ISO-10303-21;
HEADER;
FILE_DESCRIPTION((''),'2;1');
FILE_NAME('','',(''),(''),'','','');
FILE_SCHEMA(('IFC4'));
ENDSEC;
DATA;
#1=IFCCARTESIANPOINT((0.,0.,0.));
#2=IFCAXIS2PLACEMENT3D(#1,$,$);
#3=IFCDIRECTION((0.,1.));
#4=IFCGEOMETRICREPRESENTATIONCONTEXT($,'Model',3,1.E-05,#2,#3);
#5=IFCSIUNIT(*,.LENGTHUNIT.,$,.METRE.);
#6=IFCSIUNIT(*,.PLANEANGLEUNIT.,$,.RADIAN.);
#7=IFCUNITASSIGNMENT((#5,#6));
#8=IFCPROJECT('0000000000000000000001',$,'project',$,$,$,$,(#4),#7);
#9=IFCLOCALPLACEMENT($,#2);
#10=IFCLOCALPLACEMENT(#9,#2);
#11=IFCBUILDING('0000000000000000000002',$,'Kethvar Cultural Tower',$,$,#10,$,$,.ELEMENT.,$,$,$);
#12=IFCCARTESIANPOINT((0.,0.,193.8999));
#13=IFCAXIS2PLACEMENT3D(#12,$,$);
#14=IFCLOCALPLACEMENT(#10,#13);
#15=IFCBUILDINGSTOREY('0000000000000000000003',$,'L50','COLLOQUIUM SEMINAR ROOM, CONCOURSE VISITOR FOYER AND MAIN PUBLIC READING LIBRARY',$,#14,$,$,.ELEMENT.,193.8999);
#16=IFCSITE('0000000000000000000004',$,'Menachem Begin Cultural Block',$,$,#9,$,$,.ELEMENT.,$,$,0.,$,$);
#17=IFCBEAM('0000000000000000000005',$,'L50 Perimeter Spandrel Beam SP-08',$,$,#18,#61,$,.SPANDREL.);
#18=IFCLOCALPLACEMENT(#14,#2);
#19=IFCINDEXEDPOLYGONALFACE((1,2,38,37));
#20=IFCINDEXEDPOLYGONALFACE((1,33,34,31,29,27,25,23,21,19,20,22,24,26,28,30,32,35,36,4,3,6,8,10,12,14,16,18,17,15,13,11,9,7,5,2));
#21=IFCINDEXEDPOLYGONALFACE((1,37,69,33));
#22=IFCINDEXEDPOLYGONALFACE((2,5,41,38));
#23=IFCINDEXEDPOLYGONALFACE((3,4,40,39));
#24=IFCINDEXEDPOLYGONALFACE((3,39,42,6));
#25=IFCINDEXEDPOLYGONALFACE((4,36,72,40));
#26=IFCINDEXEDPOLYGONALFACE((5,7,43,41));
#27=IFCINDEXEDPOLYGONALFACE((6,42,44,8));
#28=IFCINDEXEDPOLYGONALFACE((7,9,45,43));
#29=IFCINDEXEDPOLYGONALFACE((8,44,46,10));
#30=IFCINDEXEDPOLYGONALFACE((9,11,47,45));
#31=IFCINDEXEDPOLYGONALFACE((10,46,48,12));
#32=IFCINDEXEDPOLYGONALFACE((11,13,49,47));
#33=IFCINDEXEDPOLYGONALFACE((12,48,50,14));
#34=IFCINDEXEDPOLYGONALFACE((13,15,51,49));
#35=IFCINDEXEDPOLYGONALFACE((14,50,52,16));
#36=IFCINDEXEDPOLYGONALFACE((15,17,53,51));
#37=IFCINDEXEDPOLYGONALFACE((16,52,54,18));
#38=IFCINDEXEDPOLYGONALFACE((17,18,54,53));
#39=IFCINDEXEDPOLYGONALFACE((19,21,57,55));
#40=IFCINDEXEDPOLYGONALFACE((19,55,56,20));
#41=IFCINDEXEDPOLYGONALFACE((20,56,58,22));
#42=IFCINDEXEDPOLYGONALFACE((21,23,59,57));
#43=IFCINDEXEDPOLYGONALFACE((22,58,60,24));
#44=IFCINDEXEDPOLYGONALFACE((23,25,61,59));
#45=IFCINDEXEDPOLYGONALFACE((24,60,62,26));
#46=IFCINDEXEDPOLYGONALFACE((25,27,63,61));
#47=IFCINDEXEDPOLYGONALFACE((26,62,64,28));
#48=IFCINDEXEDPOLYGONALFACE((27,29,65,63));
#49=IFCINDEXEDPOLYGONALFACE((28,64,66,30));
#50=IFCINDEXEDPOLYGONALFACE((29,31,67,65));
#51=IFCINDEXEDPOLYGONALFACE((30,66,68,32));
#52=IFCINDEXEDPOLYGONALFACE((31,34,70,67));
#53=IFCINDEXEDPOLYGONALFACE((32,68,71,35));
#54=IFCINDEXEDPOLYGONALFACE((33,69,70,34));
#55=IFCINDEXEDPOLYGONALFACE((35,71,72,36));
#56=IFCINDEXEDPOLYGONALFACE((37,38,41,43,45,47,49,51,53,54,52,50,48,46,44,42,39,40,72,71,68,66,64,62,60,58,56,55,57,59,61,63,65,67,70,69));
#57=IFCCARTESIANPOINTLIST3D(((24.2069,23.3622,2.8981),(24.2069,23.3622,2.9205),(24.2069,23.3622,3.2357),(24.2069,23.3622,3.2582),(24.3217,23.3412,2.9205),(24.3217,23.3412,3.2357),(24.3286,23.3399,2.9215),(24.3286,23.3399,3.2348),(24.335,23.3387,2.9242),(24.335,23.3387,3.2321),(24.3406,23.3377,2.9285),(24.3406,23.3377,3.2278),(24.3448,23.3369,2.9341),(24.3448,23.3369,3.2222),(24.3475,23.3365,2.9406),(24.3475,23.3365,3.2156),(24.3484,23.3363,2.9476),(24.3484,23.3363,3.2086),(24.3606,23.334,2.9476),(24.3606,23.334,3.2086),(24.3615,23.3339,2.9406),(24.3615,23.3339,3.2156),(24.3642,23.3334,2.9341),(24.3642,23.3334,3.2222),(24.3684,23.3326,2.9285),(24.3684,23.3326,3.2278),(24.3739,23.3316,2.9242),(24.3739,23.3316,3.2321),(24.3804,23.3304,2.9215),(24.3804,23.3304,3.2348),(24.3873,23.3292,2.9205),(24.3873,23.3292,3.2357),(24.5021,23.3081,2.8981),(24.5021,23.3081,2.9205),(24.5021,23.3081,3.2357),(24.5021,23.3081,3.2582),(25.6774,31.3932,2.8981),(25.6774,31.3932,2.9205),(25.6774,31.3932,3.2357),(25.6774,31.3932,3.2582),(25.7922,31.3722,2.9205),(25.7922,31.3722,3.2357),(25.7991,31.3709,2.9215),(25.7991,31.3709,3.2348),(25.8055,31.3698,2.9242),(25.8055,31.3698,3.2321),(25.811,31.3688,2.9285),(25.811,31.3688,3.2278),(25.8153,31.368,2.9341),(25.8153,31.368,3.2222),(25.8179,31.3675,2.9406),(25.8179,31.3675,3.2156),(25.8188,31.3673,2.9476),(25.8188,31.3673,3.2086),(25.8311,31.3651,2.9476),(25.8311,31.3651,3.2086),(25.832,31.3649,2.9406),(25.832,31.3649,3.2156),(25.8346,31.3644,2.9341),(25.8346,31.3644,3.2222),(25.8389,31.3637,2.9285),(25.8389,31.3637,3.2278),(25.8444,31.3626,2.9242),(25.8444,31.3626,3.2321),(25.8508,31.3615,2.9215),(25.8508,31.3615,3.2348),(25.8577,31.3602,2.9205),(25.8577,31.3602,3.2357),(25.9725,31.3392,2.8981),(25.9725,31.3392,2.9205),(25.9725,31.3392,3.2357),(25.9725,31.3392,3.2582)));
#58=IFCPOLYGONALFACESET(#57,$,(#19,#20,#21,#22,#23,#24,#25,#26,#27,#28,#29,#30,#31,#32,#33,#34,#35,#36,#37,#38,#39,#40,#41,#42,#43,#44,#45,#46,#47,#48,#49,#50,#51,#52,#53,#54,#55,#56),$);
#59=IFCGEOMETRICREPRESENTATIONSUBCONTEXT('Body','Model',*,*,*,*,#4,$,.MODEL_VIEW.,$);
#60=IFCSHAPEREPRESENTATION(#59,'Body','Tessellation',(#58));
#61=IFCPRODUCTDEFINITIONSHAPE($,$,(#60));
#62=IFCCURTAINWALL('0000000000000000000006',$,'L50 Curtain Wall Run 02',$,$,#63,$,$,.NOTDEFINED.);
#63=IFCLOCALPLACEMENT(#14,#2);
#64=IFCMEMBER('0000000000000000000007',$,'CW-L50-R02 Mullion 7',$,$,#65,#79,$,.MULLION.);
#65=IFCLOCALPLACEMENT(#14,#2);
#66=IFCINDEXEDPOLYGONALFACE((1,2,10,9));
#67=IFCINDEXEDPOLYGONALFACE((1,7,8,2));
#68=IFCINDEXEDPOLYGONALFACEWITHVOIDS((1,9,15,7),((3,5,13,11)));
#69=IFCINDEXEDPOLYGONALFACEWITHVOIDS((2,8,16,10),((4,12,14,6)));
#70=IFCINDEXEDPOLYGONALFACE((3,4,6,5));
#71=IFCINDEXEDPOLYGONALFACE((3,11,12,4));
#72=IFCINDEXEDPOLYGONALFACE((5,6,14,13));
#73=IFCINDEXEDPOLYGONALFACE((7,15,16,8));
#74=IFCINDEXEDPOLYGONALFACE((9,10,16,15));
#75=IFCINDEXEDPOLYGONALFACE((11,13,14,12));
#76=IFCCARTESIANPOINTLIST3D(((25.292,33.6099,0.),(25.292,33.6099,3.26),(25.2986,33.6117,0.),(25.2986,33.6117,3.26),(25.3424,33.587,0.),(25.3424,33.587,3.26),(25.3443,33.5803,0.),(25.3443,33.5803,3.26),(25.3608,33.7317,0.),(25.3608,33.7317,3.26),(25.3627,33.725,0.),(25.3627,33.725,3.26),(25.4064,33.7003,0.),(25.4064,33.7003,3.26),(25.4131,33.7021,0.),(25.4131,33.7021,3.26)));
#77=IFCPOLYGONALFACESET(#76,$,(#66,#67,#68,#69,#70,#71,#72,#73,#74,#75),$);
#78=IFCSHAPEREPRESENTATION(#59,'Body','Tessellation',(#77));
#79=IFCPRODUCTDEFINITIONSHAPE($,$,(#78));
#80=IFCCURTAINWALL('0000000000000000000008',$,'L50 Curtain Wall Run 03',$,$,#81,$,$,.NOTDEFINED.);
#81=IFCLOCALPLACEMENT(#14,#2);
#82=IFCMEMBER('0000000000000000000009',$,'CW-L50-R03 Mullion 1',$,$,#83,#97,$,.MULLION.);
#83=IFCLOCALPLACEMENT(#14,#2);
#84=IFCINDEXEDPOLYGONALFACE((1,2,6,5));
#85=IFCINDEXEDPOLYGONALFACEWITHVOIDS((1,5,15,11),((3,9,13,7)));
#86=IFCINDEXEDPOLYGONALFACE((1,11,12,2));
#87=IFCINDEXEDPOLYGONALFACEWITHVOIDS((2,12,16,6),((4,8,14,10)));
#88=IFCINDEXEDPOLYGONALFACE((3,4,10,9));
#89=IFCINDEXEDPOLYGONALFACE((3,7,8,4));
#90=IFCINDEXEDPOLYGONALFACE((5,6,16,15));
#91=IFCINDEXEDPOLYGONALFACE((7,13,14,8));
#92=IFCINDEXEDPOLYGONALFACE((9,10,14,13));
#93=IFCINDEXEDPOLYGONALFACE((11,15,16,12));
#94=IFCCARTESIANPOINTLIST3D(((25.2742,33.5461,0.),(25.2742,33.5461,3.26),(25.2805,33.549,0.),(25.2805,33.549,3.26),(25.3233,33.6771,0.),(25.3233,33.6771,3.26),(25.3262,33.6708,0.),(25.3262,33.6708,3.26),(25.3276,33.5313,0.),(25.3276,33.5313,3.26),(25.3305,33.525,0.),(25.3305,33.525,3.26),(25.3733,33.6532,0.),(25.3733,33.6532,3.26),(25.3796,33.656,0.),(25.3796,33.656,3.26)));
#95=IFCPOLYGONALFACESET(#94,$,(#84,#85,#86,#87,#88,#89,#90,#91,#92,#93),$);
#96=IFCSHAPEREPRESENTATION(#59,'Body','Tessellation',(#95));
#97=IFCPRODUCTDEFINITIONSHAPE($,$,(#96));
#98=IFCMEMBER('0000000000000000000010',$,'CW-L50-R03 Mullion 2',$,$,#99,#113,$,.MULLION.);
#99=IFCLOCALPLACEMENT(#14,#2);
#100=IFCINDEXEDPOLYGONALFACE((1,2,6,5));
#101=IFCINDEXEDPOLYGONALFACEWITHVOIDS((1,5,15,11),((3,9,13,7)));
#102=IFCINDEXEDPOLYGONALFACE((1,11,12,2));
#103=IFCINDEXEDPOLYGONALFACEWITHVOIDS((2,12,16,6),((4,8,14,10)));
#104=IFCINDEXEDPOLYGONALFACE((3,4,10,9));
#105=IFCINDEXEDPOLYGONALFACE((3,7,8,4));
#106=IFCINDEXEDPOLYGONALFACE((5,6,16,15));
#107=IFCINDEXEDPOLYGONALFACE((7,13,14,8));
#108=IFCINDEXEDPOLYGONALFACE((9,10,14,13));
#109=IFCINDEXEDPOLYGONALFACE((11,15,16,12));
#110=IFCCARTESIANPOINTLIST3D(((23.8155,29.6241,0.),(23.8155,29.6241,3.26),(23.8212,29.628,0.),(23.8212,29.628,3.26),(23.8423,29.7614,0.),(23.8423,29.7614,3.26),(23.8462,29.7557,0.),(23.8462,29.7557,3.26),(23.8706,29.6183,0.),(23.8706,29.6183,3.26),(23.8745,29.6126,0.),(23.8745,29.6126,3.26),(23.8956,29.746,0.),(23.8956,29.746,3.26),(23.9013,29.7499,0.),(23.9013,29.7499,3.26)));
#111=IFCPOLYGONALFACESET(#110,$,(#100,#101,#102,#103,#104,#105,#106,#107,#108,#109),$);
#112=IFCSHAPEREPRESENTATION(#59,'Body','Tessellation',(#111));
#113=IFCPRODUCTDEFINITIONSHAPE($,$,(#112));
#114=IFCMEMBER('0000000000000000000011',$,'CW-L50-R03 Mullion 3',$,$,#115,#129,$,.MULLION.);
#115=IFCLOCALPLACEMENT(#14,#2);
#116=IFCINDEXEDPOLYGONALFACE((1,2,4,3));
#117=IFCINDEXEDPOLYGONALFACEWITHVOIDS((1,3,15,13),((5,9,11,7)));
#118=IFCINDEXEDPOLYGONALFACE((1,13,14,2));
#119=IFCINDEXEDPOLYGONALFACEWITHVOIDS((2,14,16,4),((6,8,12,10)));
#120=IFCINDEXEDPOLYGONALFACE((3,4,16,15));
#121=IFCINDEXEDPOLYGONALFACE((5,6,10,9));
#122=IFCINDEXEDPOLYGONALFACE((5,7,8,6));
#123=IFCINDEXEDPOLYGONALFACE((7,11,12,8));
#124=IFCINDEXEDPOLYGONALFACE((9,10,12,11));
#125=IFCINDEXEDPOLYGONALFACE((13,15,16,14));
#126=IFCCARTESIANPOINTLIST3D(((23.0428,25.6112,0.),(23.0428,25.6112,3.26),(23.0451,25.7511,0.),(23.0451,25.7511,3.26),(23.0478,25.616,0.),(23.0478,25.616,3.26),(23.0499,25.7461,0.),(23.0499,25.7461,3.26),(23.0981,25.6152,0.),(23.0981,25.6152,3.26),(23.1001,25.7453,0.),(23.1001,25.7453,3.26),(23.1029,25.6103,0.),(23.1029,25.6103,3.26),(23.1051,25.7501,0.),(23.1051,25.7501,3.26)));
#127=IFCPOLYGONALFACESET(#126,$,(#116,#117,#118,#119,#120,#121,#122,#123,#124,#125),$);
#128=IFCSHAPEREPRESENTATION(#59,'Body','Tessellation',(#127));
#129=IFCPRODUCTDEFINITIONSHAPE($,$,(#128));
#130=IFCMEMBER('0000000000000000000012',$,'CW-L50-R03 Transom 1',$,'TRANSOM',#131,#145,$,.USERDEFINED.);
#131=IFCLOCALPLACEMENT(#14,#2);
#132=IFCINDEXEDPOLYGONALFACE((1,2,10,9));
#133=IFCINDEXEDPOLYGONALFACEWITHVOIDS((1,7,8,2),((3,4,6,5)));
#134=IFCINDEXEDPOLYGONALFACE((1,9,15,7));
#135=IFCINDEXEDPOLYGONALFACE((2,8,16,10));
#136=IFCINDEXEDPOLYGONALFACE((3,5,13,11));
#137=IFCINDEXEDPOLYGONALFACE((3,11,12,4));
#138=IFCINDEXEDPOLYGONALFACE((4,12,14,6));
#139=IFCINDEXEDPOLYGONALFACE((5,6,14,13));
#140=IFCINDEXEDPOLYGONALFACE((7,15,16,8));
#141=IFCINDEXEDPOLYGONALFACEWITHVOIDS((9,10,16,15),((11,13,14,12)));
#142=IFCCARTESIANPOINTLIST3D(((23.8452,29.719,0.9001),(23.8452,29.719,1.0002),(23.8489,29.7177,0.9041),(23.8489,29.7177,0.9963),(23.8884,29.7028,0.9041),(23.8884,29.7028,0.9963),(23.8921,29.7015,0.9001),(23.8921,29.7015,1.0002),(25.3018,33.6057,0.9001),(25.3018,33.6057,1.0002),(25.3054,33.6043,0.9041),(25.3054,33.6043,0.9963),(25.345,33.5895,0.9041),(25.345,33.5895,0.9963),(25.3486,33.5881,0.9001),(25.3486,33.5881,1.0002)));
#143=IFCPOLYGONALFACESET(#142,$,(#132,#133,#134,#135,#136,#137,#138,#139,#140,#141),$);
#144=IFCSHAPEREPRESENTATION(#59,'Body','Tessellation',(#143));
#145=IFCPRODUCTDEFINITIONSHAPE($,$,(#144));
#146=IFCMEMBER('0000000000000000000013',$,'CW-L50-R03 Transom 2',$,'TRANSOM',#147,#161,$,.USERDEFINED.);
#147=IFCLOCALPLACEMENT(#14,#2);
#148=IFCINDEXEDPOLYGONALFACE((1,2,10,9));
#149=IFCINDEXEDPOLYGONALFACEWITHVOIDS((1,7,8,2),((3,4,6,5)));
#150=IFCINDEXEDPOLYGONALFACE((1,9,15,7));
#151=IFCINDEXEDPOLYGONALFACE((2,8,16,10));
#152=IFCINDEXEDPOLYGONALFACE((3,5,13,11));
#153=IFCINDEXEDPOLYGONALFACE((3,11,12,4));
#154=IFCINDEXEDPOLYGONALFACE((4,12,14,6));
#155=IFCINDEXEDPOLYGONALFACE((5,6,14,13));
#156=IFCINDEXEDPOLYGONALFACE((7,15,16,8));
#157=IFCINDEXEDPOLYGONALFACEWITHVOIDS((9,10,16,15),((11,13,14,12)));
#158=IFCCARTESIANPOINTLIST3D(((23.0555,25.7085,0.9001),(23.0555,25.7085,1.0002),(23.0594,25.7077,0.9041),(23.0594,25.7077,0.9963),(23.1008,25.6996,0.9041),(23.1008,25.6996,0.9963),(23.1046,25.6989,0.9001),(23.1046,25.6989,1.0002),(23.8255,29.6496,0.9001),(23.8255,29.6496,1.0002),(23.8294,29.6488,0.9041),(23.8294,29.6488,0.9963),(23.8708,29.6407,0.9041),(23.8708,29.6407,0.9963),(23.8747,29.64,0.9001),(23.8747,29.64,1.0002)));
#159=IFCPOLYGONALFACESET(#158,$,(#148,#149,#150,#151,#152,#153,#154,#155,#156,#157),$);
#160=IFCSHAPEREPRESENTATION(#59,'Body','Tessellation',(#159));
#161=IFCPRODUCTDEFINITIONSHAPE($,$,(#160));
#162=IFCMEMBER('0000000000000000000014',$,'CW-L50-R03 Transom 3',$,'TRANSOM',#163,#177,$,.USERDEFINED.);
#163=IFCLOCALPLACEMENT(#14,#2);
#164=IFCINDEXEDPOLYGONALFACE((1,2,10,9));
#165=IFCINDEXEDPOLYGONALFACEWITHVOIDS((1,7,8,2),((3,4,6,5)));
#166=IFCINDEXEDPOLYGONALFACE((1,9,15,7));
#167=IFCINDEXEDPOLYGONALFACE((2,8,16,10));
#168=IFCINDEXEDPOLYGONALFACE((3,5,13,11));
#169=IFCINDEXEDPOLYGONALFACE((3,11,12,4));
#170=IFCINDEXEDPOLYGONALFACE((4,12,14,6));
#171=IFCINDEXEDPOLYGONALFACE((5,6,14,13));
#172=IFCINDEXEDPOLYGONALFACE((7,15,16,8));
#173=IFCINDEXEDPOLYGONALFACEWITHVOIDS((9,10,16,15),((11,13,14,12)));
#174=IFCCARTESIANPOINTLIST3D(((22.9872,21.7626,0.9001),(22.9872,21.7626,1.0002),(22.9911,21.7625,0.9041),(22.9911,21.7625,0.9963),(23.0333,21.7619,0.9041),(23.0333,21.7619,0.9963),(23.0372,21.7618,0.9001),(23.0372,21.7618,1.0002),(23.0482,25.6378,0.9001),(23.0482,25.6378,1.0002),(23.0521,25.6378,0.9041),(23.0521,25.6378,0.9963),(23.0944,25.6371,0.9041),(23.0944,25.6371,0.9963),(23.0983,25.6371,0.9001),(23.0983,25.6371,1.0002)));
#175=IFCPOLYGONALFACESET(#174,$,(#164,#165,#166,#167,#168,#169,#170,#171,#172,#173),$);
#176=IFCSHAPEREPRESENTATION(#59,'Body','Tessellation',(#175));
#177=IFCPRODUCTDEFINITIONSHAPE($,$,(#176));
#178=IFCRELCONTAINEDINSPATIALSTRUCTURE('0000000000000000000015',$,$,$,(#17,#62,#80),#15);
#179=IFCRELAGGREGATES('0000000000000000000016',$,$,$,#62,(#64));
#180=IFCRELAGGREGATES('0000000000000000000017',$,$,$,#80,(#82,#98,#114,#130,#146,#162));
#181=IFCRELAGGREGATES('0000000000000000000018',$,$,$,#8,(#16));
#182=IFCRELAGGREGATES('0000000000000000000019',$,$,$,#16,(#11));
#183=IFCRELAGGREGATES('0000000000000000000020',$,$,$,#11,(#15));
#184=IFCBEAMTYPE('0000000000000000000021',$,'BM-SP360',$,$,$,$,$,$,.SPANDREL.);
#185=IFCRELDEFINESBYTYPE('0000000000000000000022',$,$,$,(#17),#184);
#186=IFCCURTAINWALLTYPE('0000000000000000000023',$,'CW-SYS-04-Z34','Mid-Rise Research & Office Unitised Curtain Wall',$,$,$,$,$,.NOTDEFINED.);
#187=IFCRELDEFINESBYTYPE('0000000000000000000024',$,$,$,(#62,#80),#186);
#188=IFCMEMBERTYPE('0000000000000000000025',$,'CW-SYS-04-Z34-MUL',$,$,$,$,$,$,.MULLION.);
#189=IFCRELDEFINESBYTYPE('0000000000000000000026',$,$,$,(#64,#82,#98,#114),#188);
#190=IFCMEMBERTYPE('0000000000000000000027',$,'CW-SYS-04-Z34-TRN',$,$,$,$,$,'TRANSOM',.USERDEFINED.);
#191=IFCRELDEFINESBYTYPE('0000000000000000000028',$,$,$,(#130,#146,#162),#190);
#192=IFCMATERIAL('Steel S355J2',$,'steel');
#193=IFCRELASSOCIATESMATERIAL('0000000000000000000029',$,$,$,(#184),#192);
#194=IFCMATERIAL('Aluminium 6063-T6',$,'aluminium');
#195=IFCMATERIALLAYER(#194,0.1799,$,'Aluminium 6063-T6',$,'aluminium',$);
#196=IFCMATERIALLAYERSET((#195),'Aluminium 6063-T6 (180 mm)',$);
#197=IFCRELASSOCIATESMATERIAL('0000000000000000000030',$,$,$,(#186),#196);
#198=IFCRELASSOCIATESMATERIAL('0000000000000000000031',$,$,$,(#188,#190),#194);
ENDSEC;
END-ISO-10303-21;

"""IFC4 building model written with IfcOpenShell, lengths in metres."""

from ifc_helpers import new_model, si_unit, direction, frame, origin, origin_2d, place, context, subcontext, project, spatial, hollow_rectangle, i_section, extrude, source, transform, mapped, material, layer, layer_set, material_profile, profile_set, type_object, element, aggregate, save


model = new_model("IFC4")

# Units and contexts
model_context = context("Model", 3, precision=1e-05, world=origin(), true_north=direction((0.0, 1.0)))
body_context = subcontext(model_context, "Body", "Model", "MODEL_VIEW")
ifc_project = project(units=[si_unit("LENGTHUNIT", "METRE"), si_unit("PLANEANGLEUNIT", "RADIAN")], contexts=[model_context])

# Site, building, storey
site_placement = place(None, origin())
site = spatial("IfcSite", under=ifc_project, at=site_placement, Name="Menachem Begin Cultural Block", CompositionType="ELEMENT", RefElevation=0.0)
building_placement = place(site_placement, origin())
building = spatial("IfcBuilding", under=site, at=building_placement, Name="Kethvar Cultural Tower", CompositionType="ELEMENT")
storey_placement = place(building_placement, frame((0.0, 0.0, 193.8999)))
storey = spatial("IfcBuildingStorey", under=building, at=storey_placement, Name="L50", Description="COLLOQUIUM SEMINAR ROOM, CONCOURSE VISITOR FOYER AND MAIN PUBLIC READING LIBRARY", CompositionType="ELEMENT", Elevation=193.8999)

# Beam
ifc_material_1 = material(Name="Steel S355J2", Category="steel")
ifc_material_profile_1 = material_profile(ifc_material_1, i_section(OverallWidth=0.3, OverallDepth=0.3601, WebThickness=0.0125, FlangeThickness=0.0225, FilletRadius=0.0271, at=origin_2d()), Name="Steel S355J2 — HEB360")
ifc_profile_set_1 = profile_set([ifc_material_profile_1], Name="Steel S355J2 — HEB360")
beam_type_1 = type_object("IfcBeamType", Name="BM-SP360", PredefinedType="SPANDREL", material=ifc_profile_set_1)
shared_shape_1 = source(origin(), body_context, "Body", "SweptSolid", [
    extrude(i_section(OverallWidth=0.3, OverallDepth=0.3601, WebThickness=0.0125, FlangeThickness=0.0225, FilletRadius=0.0271, at=origin_2d()), origin(), (0.0, 0.0, 1.0), 8.1646),
])
beam_1_placement = place(storey_placement, frame((25.825, 31.3662, 3.0781), z_axis=(-0.180104, -0.983648, 0.0), x_axis=(0.983648, -0.180104, 0.0)))
element("IfcBeam", 1, at=beam_1_placement, inside=storey, type_object=beam_type_1, Name="L50 Perimeter Spandrel Beam SP-08", PredefinedType="SPANDREL", context=body_context, shape_type="MappedRepresentation", body=[
    mapped(shared_shape_1, transform((0.0, 0.0, 0.0), scale=1.0)),
])

# Curtain wall, member
ifc_material_2 = material(Name="Aluminium 6063-T6", Category="aluminium")
ifc_layer_1 = layer(ifc_material_2, 0.1799, Name="Aluminium 6063-T6", Category="aluminium")
ifc_layer_set_1 = layer_set([ifc_layer_1], Name="Aluminium 6063-T6 (180 mm)")
curtain_wall_type = type_object("IfcCurtainWallType", Name="CW-SYS-04-Z34", Description="Mid-Rise Research & Office Unitised Curtain Wall", PredefinedType="NOTDEFINED", material=ifc_layer_set_1)
curtain_wall_1_placement = place(storey_placement, origin())
curtain_wall_1 = element("IfcCurtainWall", 2, at=curtain_wall_1_placement, inside=storey, type_object=curtain_wall_type, Name="L50 Curtain Wall Run 02", PredefinedType="NOTDEFINED")
ifc_material_profile_2 = material_profile(ifc_material_2, hollow_rectangle(XDim=0.0601, YDim=0.1399, WallThickness=0.0049, at=origin_2d()), Name="Aluminium 6063-T6 — RHS140x60x5")
ifc_profile_set_2 = profile_set([ifc_material_profile_2], Name="Aluminium 6063-T6 — RHS140x60x5")
member_type_1 = type_object("IfcMemberType", Name="CW-SYS-04-Z34-MUL", PredefinedType="MULLION", material=ifc_profile_set_2)
shared_shape_2 = source(origin(), body_context, "Body", "SweptSolid", [
    extrude(hollow_rectangle(XDim=0.0601, YDim=0.1399, WallThickness=0.0049, at=origin_2d()), origin(), (0.0, 0.0, 1.0), 3.26),
])
member_1_placement = place(storey_placement, frame((25.3525, 33.656, 0.0), z_axis=(0.0, 0.0, 1.0), x_axis=(0.870528, -0.49212, 0.0)))
member_1 = element("IfcMember", 3, at=member_1_placement, type_object=member_type_1, Name="CW-L50-R02 Mullion 7", PredefinedType="MULLION", context=body_context, shape_type="MappedRepresentation", body=[
    mapped(shared_shape_2, transform((0.0, 0.0, 0.0), scale=1.0)),
])
aggregate(curtain_wall_1, [member_1])

# Curtain wall, members
curtain_wall_2_placement = place(storey_placement, origin())
curtain_wall_2 = element("IfcCurtainWall", 4, at=curtain_wall_2_placement, inside=storey, type_object=curtain_wall_type, Name="L50 Curtain Wall Run 03", PredefinedType="NOTDEFINED")
member_2_placement = place(storey_placement, frame((25.3269, 33.6011, 0.0), z_axis=(0.0, 0.0, 1.0), x_axis=(0.936403, -0.350927, 0.0)))
member_2 = element("IfcMember", 5, at=member_2_placement, type_object=member_type_1, Name="CW-L50-R03 Mullion 1", PredefinedType="MULLION", context=body_context, shape_type="MappedRepresentation", body=[
    mapped(shared_shape_2, transform((0.0, 0.0, 0.0), scale=1.0)),
])
member_3_placement = place(storey_placement, frame((23.8584, 29.687, 0.0), z_axis=(0.0, 0.0, 1.0), x_axis=(0.981444, -0.191751, 0.0)))
member_3 = element("IfcMember", 6, at=member_3_placement, type_object=member_type_1, Name="CW-L50-R03 Mullion 2", PredefinedType="MULLION", context=body_context, shape_type="MappedRepresentation", body=[
    mapped(shared_shape_2, transform((0.0, 0.0, 0.0), scale=1.0)),
])
member_4_placement = place(storey_placement, frame((23.074, 25.6807, 0.0), z_axis=(0.0, 0.0, 1.0), x_axis=(0.999876, -0.015742, 0.0)))
member_4 = element("IfcMember", 7, at=member_4_placement, type_object=member_type_1, Name="CW-L50-R03 Mullion 3", PredefinedType="MULLION", context=body_context, shape_type="MappedRepresentation", body=[
    mapped(shared_shape_2, transform((0.0, 0.0, 0.0), scale=1.0)),
])
ifc_material_profile_3 = material_profile(ifc_material_2, hollow_rectangle(XDim=0.05, YDim=0.1001, WallThickness=0.0039, at=origin_2d()), Name="Aluminium 6063-T6 — RHS100x50x4")
ifc_profile_set_3 = profile_set([ifc_material_profile_3], Name="Aluminium 6063-T6 — RHS100x50x4")
member_type_2 = type_object("IfcMemberType", Name="CW-SYS-04-Z34-TRN", ElementType="TRANSOM", PredefinedType="USERDEFINED", material=ifc_profile_set_3)
shared_shape_3 = source(origin(), body_context, "Body", "SweptSolid", [
    extrude(hollow_rectangle(XDim=0.05, YDim=0.1001, WallThickness=0.0039, at=origin_2d()), origin(), (0.0, 0.0, 1.0), 4.1506),
])
member_5_placement = place(storey_placement, frame((25.3252, 33.5969, 0.9502), z_axis=(-0.350917, -0.936407, 0.0), x_axis=(0.936407, -0.350917, 0.0)))
member_5 = element("IfcMember", 8, at=member_5_placement, type_object=member_type_2, Name="CW-L50-R03 Transom 1", ObjectType="TRANSOM", PredefinedType="USERDEFINED", context=body_context, shape_type="MappedRepresentation", body=[
    mapped(shared_shape_3, transform((0.0, 0.0, 0.0), scale=1.0)),
])
shared_shape_4 = source(origin(), body_context, "Body", "SweptSolid", [
    extrude(hollow_rectangle(XDim=0.05, YDim=0.1001, WallThickness=0.0039, at=origin_2d()), origin(), (0.0, 0.0, 1.0), 4.0156),
])
member_6_placement = place(storey_placement, frame((23.8501, 29.6448, 0.9502), z_axis=(-0.191753, -0.981443, 0.0), x_axis=(0.981443, -0.191753, 0.0)))
member_6 = element("IfcMember", 9, at=member_6_placement, type_object=member_type_2, Name="CW-L50-R03 Transom 2", ObjectType="TRANSOM", PredefinedType="USERDEFINED", context=body_context, shape_type="MappedRepresentation", body=[
    mapped(shared_shape_4, transform((0.0, 0.0, 0.0), scale=1.0)),
])
shared_shape_5 = source(origin(), body_context, "Body", "SweptSolid", [
    extrude(hollow_rectangle(XDim=0.05, YDim=0.1001, WallThickness=0.0039, at=origin_2d()), origin(), (0.0, 0.0, 1.0), 3.8757),
])
member_7_placement = place(storey_placement, frame((23.0732, 25.6375, 0.9502), z_axis=(-0.015748, -0.999876, 0.0), x_axis=(0.999876, -0.015748, 0.0)))
member_7 = element("IfcMember", 10, at=member_7_placement, type_object=member_type_2, Name="CW-L50-R03 Transom 3", ObjectType="TRANSOM", PredefinedType="USERDEFINED", context=body_context, shape_type="MappedRepresentation", body=[
    mapped(shared_shape_5, transform((0.0, 0.0, 0.0), scale=1.0)),
])
aggregate(curtain_wall_2, [member_2, member_3, member_4, member_5, member_6, member_7])

save(model, "model.ifc")
